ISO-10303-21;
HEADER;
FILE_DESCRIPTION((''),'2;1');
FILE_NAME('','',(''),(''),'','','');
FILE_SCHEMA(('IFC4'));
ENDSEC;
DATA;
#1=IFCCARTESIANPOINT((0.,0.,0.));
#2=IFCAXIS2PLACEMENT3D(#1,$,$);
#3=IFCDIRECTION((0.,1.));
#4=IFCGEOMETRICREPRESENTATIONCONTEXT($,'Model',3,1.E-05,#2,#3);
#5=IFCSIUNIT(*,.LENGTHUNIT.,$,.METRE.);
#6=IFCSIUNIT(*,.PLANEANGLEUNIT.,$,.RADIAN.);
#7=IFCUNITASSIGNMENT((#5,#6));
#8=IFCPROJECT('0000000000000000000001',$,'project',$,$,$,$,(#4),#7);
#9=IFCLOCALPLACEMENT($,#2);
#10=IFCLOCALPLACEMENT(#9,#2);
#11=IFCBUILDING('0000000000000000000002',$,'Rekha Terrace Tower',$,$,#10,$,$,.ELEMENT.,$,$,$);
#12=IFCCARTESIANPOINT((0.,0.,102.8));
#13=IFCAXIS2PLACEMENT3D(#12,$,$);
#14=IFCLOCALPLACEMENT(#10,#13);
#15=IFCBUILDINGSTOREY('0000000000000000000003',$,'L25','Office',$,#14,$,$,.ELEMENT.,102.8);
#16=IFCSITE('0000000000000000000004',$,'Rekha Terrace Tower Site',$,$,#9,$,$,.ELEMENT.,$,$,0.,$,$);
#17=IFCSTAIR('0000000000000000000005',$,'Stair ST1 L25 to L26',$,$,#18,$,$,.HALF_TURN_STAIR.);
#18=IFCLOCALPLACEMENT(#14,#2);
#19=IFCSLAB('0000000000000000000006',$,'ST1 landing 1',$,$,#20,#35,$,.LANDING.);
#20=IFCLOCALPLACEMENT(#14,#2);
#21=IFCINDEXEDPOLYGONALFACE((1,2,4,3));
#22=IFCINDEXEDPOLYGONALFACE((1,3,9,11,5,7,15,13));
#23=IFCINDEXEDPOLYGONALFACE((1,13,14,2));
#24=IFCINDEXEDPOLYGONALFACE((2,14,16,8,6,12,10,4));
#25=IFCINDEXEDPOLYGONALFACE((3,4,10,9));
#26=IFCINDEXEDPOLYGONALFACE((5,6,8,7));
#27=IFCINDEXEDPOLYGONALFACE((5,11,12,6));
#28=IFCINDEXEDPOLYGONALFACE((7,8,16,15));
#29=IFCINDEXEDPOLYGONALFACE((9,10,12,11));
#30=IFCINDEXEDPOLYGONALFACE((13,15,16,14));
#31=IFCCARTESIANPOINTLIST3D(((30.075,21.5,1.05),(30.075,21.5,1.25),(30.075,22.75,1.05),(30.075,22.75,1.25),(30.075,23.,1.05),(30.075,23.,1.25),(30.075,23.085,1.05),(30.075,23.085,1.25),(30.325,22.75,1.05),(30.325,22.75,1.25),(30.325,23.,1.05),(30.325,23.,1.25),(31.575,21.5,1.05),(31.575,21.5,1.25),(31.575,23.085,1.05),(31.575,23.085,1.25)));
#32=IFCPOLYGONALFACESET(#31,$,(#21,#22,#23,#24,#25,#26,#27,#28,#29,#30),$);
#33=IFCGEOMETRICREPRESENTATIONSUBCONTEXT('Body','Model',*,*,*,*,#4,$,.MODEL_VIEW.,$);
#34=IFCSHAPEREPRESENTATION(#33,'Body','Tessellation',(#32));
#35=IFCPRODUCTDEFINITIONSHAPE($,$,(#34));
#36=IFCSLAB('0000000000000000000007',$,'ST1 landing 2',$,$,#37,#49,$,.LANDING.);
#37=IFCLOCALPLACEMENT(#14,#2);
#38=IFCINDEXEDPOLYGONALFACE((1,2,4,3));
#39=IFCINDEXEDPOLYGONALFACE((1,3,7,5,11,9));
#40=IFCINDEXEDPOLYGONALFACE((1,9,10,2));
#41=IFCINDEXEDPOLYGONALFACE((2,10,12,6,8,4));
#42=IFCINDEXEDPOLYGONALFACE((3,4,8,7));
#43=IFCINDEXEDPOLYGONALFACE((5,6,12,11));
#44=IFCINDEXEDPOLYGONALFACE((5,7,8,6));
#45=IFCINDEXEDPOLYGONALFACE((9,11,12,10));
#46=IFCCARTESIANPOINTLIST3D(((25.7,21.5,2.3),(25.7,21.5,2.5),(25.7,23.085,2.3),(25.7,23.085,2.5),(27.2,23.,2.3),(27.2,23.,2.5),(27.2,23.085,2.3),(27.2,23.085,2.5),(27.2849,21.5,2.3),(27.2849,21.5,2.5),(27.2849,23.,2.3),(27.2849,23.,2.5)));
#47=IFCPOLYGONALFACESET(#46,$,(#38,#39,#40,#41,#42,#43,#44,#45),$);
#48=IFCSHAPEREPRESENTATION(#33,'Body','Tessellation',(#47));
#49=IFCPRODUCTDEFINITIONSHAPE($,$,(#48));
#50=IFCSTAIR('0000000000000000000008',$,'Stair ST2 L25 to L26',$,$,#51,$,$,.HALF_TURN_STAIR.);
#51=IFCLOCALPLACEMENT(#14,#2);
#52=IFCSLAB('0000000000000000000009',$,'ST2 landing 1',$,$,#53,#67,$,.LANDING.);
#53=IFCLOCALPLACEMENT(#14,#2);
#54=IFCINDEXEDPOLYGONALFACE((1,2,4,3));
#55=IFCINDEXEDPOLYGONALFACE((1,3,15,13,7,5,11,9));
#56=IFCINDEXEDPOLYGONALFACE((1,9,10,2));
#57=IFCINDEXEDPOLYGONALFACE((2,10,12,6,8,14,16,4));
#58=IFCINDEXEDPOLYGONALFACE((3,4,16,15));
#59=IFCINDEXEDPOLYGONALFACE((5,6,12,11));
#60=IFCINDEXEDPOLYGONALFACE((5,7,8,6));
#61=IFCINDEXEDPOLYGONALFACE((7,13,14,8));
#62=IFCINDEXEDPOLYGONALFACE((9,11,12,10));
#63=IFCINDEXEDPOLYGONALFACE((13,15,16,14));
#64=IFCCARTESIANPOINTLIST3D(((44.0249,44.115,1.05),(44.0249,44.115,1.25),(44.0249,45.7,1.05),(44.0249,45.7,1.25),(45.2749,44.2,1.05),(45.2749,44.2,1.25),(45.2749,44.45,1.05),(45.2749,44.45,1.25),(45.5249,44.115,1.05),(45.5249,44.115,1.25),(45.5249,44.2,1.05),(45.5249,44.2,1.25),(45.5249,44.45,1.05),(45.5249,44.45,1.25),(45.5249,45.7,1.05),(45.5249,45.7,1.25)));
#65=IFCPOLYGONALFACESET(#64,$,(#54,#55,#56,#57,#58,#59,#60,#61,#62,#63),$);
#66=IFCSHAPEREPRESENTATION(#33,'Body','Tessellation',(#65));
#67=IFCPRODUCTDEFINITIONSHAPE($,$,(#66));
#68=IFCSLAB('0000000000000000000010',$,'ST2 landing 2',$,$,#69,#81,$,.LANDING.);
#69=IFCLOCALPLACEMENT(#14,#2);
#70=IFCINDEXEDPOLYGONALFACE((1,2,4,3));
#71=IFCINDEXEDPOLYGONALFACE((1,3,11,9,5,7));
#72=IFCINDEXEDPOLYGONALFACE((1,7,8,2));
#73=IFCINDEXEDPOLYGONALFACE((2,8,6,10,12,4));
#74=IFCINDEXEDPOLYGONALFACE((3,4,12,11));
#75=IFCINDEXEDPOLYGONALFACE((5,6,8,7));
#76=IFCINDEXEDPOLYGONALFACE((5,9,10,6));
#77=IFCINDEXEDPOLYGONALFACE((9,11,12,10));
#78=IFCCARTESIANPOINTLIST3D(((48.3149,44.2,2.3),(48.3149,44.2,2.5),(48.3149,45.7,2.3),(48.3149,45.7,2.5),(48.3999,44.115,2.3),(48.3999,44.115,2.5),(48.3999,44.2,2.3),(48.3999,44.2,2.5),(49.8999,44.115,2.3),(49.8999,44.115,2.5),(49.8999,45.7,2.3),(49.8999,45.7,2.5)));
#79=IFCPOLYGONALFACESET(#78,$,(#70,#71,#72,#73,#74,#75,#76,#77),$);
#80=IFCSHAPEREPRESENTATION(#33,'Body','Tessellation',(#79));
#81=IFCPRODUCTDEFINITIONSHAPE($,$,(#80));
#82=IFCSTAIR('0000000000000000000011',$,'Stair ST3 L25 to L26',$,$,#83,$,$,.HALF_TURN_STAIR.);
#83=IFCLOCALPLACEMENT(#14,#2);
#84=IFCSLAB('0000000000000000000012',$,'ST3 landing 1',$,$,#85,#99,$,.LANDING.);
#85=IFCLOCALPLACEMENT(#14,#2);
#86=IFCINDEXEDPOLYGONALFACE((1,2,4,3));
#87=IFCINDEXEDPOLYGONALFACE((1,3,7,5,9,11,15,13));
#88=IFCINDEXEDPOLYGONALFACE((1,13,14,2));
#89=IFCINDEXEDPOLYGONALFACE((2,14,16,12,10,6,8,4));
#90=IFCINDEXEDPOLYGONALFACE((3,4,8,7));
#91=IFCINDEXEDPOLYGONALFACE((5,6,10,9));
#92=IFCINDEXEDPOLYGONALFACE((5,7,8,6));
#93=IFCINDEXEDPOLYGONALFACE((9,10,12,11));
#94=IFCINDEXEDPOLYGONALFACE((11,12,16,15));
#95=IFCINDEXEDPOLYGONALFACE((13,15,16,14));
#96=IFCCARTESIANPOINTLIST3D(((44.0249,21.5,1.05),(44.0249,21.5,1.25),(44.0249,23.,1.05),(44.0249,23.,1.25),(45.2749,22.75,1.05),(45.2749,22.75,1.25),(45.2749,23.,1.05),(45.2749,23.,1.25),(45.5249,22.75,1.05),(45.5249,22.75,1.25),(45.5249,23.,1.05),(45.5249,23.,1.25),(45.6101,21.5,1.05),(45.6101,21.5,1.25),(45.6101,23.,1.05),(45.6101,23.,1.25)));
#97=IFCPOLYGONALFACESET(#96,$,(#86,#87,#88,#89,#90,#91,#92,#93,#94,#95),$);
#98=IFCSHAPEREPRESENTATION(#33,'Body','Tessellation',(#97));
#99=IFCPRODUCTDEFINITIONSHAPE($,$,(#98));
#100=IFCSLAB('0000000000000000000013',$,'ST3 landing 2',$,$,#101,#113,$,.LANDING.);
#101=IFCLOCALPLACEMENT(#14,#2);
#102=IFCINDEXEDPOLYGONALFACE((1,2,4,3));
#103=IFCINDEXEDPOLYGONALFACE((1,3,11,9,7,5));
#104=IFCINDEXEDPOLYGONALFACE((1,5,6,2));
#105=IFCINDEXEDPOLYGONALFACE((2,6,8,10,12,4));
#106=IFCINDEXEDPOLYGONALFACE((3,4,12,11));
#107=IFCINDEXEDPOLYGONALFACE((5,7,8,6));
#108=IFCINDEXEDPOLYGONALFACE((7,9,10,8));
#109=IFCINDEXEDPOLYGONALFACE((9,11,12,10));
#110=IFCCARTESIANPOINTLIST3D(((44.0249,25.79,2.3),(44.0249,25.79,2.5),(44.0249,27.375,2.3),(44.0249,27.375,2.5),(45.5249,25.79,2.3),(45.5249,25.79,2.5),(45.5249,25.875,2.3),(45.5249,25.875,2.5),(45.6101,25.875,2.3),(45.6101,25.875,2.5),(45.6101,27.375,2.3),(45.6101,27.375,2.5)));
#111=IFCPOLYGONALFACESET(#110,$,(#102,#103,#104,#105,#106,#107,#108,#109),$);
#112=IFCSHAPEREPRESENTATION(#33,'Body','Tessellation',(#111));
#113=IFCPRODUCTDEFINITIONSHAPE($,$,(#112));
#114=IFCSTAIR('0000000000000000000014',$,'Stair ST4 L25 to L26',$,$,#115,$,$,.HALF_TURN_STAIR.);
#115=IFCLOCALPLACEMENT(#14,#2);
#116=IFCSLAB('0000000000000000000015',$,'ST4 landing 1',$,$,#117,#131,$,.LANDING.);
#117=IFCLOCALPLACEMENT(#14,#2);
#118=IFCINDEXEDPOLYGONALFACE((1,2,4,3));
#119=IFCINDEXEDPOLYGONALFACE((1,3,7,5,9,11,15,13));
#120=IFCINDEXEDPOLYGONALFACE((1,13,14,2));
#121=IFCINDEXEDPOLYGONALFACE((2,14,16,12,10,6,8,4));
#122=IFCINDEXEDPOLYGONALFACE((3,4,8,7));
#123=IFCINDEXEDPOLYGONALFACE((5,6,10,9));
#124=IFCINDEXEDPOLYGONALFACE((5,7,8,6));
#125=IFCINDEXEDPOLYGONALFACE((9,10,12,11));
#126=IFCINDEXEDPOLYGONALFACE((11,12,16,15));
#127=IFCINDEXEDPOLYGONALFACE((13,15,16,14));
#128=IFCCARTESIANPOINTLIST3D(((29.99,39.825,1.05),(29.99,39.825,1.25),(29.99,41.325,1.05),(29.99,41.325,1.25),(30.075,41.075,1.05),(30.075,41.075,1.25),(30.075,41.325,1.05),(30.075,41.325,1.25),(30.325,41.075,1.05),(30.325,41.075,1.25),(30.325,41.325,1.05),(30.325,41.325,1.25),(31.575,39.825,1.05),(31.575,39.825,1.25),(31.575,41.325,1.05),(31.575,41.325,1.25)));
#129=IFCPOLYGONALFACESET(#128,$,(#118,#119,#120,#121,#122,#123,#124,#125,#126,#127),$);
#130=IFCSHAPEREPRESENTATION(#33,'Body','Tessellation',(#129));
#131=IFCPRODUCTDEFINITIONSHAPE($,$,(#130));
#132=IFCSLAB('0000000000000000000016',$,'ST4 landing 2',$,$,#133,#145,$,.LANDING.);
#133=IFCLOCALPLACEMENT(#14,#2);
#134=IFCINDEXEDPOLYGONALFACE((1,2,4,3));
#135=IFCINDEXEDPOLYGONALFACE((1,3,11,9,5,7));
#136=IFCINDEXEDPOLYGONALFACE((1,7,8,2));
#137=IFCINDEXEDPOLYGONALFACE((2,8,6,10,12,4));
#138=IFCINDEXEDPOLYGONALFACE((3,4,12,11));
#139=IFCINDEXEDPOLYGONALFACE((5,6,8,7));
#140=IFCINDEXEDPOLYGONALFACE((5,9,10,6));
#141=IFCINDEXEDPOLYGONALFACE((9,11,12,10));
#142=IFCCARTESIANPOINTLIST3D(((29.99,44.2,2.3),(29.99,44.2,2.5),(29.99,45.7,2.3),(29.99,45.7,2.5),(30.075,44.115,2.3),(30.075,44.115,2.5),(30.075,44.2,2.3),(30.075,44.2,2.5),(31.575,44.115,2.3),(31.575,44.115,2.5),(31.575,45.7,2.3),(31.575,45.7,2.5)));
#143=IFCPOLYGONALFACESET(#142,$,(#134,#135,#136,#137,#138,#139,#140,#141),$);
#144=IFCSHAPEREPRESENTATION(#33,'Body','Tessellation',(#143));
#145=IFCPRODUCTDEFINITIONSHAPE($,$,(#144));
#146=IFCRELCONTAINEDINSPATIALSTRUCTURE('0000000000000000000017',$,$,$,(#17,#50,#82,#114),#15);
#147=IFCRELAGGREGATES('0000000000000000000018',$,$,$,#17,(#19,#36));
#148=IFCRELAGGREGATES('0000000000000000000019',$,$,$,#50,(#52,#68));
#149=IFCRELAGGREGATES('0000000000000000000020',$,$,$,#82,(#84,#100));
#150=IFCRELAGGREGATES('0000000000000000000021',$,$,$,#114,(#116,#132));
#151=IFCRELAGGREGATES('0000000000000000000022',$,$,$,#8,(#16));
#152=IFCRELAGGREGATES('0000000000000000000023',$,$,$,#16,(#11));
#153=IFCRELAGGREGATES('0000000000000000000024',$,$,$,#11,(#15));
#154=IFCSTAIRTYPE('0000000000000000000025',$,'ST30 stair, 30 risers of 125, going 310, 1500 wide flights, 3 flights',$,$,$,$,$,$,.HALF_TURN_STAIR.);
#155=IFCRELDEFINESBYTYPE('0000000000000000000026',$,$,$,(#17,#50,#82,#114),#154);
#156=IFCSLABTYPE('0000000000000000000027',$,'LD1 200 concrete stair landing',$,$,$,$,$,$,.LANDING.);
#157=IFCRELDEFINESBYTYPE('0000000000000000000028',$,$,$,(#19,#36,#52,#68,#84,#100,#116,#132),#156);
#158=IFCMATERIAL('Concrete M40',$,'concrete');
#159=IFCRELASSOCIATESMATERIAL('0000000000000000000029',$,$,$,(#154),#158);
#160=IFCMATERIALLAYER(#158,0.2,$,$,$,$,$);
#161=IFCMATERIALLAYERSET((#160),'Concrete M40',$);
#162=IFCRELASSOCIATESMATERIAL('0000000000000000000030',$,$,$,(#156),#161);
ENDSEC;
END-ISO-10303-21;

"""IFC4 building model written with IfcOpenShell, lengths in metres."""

from ifc_helpers import new_model, si_unit, direction, frame, origin, place, context, subcontext, project, spatial, polyline, outline, extrude, material, layer, layer_set, type_object, element, aggregate, save


model = new_model("IFC4")

# Units and contexts
model_context = context("Model", 3, precision=1e-05, world=origin(), true_north=direction((0.0, 1.0)))
body_context = subcontext(model_context, "Body", "Model", "MODEL_VIEW")
ifc_project = project(units=[si_unit("LENGTHUNIT", "METRE"), si_unit("PLANEANGLEUNIT", "RADIAN")], contexts=[model_context])

# Site, building, storey
site_placement = place(None, origin())
site = spatial("IfcSite", under=ifc_project, at=site_placement, Name="Rekha Terrace Tower Site", CompositionType="ELEMENT", RefElevation=0.0)
building_placement = place(site_placement, origin())
building = spatial("IfcBuilding", under=site, at=building_placement, Name="Rekha Terrace Tower", CompositionType="ELEMENT")
storey_placement = place(building_placement, frame((0.0, 0.0, 102.8)))
storey = spatial("IfcBuildingStorey", under=building, at=storey_placement, Name="L25", Description="Office", CompositionType="ELEMENT", Elevation=102.8)

# Stairs, slabs
ifc_material_1 = material(Name="Concrete M40", Category="concrete")
stair_type = type_object("IfcStairType", Name="ST30 stair, 30 risers of 125, going 310, 1500 wide flights, 3 flights", PredefinedType="HALF_TURN_STAIR", material=ifc_material_1)
stair_1_placement = place(storey_placement, origin())
stair_1 = element("IfcStair", 1, at=stair_1_placement, inside=storey, type_object=stair_type, Name="Stair ST1 L25 to L26", PredefinedType="HALF_TURN_STAIR")
ifc_layer_1 = layer(ifc_material_1, 0.2)
ifc_layer_set_1 = layer_set([ifc_layer_1], Name="Concrete M40")
slab_type_1 = type_object("IfcSlabType", Name="LD1 200 concrete stair landing", PredefinedType="LANDING", material=ifc_layer_set_1)
slab_1_placement = place(storey_placement, frame((0.0, 0.0, 1.05)))
slab_1 = element("IfcSlab", 2, at=slab_1_placement, type_object=slab_type_1, Name="ST1 landing 1", PredefinedType="LANDING", context=body_context, shape_type="SweptSolid", body=[
    extrude(outline(polyline([(30.075, 21.5), (31.575, 21.5), (31.575, 23.085), (30.075, 23.085), (30.075, 23.0), (30.325, 23.0), (30.325, 22.75), (30.075, 22.75), (30.075, 21.5)])), origin(), (0.0, 0.0, 1.0), 0.2),
])
slab_2_placement = place(storey_placement, frame((0.0, 0.0, 2.3)))
slab_2 = element("IfcSlab", 3, at=slab_2_placement, type_object=slab_type_1, Name="ST1 landing 2", PredefinedType="LANDING", context=body_context, shape_type="SweptSolid", body=[
    extrude(outline(polyline([(27.2, 23.085), (25.7, 23.085), (25.7, 21.5), (27.2849, 21.5), (27.2849, 23.0), (27.2, 23.0), (27.2, 23.085)])), origin(), (0.0, 0.0, 1.0), 0.2),
])
aggregate(stair_1, [slab_1, slab_2])
stair_2_placement = place(storey_placement, origin())
stair_2 = element("IfcStair", 4, at=stair_2_placement, inside=storey, type_object=stair_type, Name="Stair ST2 L25 to L26", PredefinedType="HALF_TURN_STAIR")
slab_3_placement = place(storey_placement, frame((0.0, 0.0, 1.05)))
slab_3 = element("IfcSlab", 5, at=slab_3_placement, type_object=slab_type_1, Name="ST2 landing 1", PredefinedType="LANDING", context=body_context, shape_type="SweptSolid", body=[
    extrude(outline(polyline([(45.5249, 45.7), (44.0249, 45.7), (44.0249, 44.115), (45.5249, 44.115), (45.5249, 44.2), (45.2749, 44.2), (45.2749, 44.45), (45.5249, 44.45), (45.5249, 45.7)])), origin(), (0.0, 0.0, 1.0), 0.2),
])
slab_4_placement = place(storey_placement, frame((0.0, 0.0, 2.3)))
slab_4 = element("IfcSlab", 6, at=slab_4_placement, type_object=slab_type_1, Name="ST2 landing 2", PredefinedType="LANDING", context=body_context, shape_type="SweptSolid", body=[
    extrude(outline(polyline([(48.3999, 44.115), (49.8999, 44.115), (49.8999, 45.7), (48.3149, 45.7), (48.3149, 44.2), (48.3999, 44.2), (48.3999, 44.115)])), origin(), (0.0, 0.0, 1.0), 0.2),
])
aggregate(stair_2, [slab_3, slab_4])
stair_3_placement = place(storey_placement, origin())
stair_3 = element("IfcStair", 7, at=stair_3_placement, inside=storey, type_object=stair_type, Name="Stair ST3 L25 to L26", PredefinedType="HALF_TURN_STAIR")
slab_5_placement = place(storey_placement, frame((0.0, 0.0, 1.05)))
slab_5 = element("IfcSlab", 8, at=slab_5_placement, type_object=slab_type_1, Name="ST3 landing 1", PredefinedType="LANDING", context=body_context, shape_type="SweptSolid", body=[
    extrude(outline(polyline([(44.0249, 23.0), (44.0249, 21.5), (45.6101, 21.5), (45.6101, 23.0), (45.5249, 23.0), (45.5249, 22.75), (45.2749, 22.75), (45.2749, 23.0), (44.0249, 23.0)])), origin(), (0.0, 0.0, 1.0), 0.2),
])
slab_6_placement = place(storey_placement, frame((0.0, 0.0, 2.3)))
slab_6 = element("IfcSlab", 9, at=slab_6_placement, type_object=slab_type_1, Name="ST3 landing 2", PredefinedType="LANDING", context=body_context, shape_type="SweptSolid", body=[
    extrude(outline(polyline([(45.6101, 25.875), (45.6101, 27.375), (44.0249, 27.375), (44.0249, 25.79), (45.5249, 25.79), (45.5249, 25.875), (45.6101, 25.875)])), origin(), (0.0, 0.0, 1.0), 0.2),
])
aggregate(stair_3, [slab_5, slab_6])
stair_4_placement = place(storey_placement, origin())
stair_4 = element("IfcStair", 10, at=stair_4_placement, inside=storey, type_object=stair_type, Name="Stair ST4 L25 to L26", PredefinedType="HALF_TURN_STAIR")
slab_7_placement = place(storey_placement, frame((0.0, 0.0, 1.05)))
slab_7 = element("IfcSlab", 11, at=slab_7_placement, type_object=slab_type_1, Name="ST4 landing 1", PredefinedType="LANDING", context=body_context, shape_type="SweptSolid", body=[
    extrude(outline(polyline([(31.575, 41.325), (31.575, 39.825), (29.99, 39.825), (29.99, 41.325), (30.075, 41.325), (30.075, 41.075), (30.325, 41.075), (30.325, 41.325), (31.575, 41.325)])), origin(), (0.0, 0.0, 1.0), 0.2),
])
slab_8_placement = place(storey_placement, frame((0.0, 0.0, 2.3)))
slab_8 = element("IfcSlab", 12, at=slab_8_placement, type_object=slab_type_1, Name="ST4 landing 2", PredefinedType="LANDING", context=body_context, shape_type="SweptSolid", body=[
    extrude(outline(polyline([(29.99, 44.2), (29.99, 45.7), (31.575, 45.7), (31.575, 44.115), (30.075, 44.115), (30.075, 44.2), (29.99, 44.2)])), origin(), (0.0, 0.0, 1.0), 0.2),
])
aggregate(stair_4, [slab_7, slab_8])

save(model, "model.ifc")
